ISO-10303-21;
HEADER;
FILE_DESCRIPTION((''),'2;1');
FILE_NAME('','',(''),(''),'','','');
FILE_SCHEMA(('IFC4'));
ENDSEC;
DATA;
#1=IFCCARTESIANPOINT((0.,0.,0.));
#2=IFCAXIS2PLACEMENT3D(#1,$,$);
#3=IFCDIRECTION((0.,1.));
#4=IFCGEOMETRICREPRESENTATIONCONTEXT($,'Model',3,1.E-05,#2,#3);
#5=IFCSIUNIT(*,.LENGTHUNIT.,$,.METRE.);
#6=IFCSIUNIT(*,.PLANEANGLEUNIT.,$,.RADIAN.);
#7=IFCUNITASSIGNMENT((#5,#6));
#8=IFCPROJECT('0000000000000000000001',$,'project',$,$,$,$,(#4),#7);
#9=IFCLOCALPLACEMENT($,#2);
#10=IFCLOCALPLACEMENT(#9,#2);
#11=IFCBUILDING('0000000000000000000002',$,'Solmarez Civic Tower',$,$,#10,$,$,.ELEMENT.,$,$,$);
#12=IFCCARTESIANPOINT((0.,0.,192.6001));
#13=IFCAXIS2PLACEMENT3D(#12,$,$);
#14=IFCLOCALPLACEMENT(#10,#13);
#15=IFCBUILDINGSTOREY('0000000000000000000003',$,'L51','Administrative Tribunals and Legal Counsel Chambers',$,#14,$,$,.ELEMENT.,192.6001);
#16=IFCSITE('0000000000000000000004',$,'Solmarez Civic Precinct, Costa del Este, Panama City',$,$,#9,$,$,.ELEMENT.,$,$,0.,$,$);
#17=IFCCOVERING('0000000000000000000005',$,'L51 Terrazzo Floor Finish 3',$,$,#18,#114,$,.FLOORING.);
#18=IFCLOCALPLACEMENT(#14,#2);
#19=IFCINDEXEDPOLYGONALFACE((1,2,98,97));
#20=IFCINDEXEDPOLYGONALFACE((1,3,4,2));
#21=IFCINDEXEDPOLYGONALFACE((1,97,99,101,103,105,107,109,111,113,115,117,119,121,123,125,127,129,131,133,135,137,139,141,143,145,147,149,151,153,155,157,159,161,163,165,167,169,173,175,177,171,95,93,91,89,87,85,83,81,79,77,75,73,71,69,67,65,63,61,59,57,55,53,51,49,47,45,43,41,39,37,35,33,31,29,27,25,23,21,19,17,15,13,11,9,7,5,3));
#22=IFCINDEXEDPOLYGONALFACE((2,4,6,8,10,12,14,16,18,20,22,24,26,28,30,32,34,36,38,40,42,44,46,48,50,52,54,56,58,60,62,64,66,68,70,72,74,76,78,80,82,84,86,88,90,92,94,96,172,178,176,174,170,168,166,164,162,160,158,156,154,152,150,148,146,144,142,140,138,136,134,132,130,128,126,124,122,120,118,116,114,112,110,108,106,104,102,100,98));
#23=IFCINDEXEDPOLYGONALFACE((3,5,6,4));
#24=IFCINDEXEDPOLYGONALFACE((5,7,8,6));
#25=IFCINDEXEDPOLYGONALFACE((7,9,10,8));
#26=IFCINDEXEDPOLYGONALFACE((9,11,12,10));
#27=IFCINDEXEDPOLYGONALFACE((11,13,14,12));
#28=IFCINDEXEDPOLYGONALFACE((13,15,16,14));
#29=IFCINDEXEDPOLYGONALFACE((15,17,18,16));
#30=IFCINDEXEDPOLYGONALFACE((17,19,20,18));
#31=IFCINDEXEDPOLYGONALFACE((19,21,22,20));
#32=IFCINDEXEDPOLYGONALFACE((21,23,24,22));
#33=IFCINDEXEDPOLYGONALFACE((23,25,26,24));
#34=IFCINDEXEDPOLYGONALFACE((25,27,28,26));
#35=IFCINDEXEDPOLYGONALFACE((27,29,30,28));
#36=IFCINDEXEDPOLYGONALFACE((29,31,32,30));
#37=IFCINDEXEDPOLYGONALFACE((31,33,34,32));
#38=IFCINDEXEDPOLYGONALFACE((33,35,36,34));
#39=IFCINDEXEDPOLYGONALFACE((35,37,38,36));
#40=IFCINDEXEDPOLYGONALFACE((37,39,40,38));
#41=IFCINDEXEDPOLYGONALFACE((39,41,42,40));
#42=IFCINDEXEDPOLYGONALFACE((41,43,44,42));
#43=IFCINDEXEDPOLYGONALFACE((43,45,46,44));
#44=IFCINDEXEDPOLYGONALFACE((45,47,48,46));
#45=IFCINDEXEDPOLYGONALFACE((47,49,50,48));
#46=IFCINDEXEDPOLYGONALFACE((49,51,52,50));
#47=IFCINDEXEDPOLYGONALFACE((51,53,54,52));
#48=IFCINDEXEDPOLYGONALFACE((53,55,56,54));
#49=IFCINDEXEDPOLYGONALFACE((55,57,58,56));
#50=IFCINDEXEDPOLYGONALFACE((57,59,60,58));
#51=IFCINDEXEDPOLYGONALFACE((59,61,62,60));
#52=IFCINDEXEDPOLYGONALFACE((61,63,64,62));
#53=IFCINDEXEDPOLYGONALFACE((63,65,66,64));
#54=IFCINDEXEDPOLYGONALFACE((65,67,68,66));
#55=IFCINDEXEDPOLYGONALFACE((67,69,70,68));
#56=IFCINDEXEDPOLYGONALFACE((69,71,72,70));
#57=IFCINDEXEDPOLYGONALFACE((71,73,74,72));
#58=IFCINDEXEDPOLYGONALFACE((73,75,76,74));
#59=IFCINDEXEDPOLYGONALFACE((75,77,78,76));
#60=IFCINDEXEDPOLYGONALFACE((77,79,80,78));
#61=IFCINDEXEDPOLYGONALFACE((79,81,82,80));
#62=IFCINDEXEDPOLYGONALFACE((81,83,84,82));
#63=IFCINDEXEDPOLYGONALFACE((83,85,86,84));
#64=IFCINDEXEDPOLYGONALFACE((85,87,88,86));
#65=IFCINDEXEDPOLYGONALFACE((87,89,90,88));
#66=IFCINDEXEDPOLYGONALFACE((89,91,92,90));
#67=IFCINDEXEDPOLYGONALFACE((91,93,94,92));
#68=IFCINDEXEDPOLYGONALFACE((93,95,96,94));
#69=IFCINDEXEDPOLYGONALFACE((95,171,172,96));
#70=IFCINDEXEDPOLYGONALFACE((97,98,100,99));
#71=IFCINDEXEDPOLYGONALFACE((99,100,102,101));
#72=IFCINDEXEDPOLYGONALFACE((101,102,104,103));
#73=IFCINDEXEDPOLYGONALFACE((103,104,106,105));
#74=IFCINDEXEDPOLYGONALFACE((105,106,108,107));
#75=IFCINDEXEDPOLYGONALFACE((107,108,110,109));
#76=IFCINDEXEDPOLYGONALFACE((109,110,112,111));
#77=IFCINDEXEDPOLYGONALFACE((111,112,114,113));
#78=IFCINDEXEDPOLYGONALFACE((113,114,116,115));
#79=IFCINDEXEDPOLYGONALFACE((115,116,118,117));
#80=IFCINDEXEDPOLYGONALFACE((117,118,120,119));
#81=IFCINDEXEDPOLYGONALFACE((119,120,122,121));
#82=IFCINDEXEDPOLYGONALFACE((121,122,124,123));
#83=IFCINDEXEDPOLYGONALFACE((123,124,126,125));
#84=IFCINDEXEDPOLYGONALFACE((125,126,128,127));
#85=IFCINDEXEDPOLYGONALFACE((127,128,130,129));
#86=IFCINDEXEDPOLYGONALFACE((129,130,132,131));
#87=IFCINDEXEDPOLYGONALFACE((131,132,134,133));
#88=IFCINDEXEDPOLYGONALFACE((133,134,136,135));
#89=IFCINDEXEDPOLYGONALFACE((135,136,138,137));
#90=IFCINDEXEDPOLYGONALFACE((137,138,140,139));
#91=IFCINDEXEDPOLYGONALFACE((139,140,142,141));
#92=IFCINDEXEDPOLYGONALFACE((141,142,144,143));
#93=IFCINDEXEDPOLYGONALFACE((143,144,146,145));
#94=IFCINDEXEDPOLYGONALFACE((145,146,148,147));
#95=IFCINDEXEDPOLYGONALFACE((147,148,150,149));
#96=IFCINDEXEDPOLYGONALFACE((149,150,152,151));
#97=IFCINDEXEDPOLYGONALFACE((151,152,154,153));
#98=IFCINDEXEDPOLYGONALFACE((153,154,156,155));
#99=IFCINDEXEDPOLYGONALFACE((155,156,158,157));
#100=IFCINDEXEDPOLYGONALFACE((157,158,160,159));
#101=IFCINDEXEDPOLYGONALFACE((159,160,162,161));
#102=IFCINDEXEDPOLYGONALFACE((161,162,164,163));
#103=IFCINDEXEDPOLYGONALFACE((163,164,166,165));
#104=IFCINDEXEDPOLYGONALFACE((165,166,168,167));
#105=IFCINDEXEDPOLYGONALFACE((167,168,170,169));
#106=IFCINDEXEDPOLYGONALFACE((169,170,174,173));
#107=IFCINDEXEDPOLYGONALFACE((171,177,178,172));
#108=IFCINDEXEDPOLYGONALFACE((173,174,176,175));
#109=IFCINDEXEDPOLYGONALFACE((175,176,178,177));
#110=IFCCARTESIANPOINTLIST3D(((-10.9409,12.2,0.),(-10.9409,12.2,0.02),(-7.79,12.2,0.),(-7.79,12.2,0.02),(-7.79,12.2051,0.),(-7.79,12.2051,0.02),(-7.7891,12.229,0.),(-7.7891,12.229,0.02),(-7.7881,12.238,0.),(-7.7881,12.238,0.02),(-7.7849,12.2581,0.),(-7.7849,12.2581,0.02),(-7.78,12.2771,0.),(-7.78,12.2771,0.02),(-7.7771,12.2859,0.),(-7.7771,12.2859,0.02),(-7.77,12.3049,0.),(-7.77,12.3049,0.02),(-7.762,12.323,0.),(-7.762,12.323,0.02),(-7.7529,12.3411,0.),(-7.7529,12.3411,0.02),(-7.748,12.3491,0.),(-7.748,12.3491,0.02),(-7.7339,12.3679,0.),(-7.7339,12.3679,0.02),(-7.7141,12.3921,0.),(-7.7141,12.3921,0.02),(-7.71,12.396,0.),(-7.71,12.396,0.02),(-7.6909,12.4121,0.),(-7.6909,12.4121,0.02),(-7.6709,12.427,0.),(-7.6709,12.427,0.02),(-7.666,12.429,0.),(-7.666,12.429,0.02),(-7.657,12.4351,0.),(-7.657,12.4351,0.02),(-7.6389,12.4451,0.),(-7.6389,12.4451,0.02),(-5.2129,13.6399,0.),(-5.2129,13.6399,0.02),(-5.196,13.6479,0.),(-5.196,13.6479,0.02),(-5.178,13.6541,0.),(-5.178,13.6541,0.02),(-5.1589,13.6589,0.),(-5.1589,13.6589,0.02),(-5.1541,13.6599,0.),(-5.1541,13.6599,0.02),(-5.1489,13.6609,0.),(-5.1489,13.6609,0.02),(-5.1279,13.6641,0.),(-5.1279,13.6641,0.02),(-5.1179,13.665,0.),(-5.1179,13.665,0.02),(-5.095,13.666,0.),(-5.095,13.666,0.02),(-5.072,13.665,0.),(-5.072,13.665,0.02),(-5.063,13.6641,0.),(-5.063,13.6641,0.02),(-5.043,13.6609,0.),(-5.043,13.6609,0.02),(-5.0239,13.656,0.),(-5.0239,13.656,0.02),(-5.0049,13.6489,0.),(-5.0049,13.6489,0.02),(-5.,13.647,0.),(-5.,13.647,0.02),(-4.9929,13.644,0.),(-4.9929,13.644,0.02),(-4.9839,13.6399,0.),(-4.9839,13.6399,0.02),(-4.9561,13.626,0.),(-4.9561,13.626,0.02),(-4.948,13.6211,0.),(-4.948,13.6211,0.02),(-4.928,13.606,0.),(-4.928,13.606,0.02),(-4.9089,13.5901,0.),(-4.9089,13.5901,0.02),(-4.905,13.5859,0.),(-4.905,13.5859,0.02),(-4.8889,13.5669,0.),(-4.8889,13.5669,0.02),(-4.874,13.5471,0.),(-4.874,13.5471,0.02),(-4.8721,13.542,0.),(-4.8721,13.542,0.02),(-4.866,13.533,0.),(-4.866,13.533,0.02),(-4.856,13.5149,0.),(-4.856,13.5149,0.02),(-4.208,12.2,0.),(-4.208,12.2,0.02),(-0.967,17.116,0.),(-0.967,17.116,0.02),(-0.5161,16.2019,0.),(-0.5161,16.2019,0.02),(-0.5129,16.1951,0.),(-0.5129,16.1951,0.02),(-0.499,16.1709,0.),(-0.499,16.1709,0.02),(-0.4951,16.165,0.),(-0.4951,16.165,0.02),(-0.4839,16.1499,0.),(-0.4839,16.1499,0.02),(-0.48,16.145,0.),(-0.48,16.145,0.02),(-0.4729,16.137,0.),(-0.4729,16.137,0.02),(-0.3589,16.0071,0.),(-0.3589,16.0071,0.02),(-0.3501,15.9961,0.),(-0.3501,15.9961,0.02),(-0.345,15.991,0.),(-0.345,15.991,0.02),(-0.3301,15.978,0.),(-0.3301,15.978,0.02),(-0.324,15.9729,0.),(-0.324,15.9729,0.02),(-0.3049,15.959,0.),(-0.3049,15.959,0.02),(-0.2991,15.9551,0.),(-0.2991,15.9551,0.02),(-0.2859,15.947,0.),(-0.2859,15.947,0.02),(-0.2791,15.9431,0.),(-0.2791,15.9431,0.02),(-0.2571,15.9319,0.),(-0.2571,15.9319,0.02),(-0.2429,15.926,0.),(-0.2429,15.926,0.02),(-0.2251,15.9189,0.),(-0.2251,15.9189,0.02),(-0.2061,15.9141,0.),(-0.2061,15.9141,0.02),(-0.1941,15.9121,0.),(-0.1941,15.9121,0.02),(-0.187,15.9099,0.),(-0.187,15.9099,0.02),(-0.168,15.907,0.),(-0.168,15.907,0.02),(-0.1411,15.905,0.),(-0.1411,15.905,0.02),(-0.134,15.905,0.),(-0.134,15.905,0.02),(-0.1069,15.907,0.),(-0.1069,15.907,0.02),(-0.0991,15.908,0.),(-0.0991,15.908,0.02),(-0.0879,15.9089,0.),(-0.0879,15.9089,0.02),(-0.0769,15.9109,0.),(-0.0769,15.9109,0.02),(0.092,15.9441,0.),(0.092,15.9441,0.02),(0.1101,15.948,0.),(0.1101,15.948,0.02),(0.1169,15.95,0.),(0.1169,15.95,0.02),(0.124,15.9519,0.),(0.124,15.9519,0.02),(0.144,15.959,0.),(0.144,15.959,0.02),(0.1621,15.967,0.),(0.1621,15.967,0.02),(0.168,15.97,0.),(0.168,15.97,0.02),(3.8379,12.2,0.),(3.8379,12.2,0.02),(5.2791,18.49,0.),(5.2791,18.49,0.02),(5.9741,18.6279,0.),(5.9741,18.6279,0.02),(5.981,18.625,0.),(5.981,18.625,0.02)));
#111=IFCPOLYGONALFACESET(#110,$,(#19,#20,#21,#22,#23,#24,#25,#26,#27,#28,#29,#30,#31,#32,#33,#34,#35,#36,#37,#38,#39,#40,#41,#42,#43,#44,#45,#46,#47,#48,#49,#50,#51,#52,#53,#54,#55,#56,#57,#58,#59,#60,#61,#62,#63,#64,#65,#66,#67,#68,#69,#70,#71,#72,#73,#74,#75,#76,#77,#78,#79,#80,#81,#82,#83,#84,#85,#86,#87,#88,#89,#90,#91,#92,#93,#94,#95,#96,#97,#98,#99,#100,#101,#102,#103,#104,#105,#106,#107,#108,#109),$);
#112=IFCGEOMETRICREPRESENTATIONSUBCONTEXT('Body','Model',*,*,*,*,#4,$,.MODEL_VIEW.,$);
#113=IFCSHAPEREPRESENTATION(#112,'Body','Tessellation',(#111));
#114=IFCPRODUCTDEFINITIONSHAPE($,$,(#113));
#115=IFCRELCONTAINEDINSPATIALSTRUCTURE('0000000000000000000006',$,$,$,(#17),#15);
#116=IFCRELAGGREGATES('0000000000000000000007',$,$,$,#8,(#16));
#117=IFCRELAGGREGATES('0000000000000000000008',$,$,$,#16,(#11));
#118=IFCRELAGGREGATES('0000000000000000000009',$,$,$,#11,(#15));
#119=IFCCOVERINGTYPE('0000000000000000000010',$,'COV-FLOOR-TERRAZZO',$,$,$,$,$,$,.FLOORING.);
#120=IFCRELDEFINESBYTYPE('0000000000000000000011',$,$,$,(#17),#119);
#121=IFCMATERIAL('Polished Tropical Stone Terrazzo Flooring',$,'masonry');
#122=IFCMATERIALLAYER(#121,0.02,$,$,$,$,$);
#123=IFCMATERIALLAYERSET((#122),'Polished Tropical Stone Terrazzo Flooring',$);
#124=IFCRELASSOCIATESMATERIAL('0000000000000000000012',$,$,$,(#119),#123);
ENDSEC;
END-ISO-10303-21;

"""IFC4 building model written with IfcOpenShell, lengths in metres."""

from ifc_helpers import new_model, si_unit, direction, frame, origin, place, context, subcontext, project, spatial, polyline, outline, extrude, material, layer, layer_set, type_object, element, save


model = new_model("IFC4")

# Units and contexts
model_context = context("Model", 3, precision=1e-05, world=origin(), true_north=direction((0.0, 1.0)))
body_context = subcontext(model_context, "Body", "Model", "MODEL_VIEW")
ifc_project = project(units=[si_unit("LENGTHUNIT", "METRE"), si_unit("PLANEANGLEUNIT", "RADIAN")], contexts=[model_context])

# Site, building, storey
site_placement = place(None, origin())
site = spatial("IfcSite", under=ifc_project, at=site_placement, Name="Solmarez Civic Precinct, Costa del Este, Panama City", CompositionType="ELEMENT", RefElevation=0.0)
building_placement = place(site_placement, origin())
building = spatial("IfcBuilding", under=site, at=building_placement, Name="Solmarez Civic Tower", CompositionType="ELEMENT")
storey_placement = place(building_placement, frame((0.0, 0.0, 192.6001)))
storey = spatial("IfcBuildingStorey", under=building, at=storey_placement, Name="L51", Description="Administrative Tribunals and Legal Counsel Chambers", CompositionType="ELEMENT", Elevation=192.6001)

# Covering
ifc_material_1 = material(Name="Polished Tropical Stone Terrazzo Flooring", Category="masonry")
ifc_layer_1 = layer(ifc_material_1, 0.02)
ifc_layer_set_1 = layer_set([ifc_layer_1], Name="Polished Tropical Stone Terrazzo Flooring")
covering_type_1 = type_object("IfcCoveringType", Name="COV-FLOOR-TERRAZZO", PredefinedType="FLOORING", material=ifc_layer_set_1)
covering_1_placement = place(storey_placement, origin())
element("IfcCovering", 1, at=covering_1_placement, inside=storey, type_object=covering_type_1, Name="L51 Terrazzo Floor Finish 3", PredefinedType="FLOORING", context=body_context, shape_type="SweptSolid", body=[
    extrude(outline(polyline([(-10.9409, 12.2), (-7.79, 12.2), (-7.79, 12.2051), (-7.7891, 12.229), (-7.7881, 12.238), (-7.7849, 12.2581), (-7.78, 12.2771), (-7.7771, 12.2859), (-7.77, 12.3049), (-7.762, 12.323), (-7.7529, 12.3411), (-7.748, 12.3491), (-7.7339, 12.3679), (-7.7141, 12.3921), (-7.71, 12.396), (-7.6909, 12.4121), (-7.6709, 12.427), (-7.666, 12.429), (-7.657, 12.4351), (-7.6389, 12.4451), (-5.2129, 13.6399), (-5.196, 13.6479), (-5.178, 13.6541), (-5.1589, 13.6589), (-5.1541, 13.6599), (-5.1489, 13.6609), (-5.1279, 13.6641), (-5.1179, 13.665), (-5.095, 13.666), (-5.072, 13.665), (-5.063, 13.6641), (-5.043, 13.6609), (-5.0239, 13.656), (-5.0049, 13.6489), (-5.0, 13.647), (-4.9929, 13.644), (-4.9839, 13.6399), (-4.9561, 13.626), (-4.948, 13.6211), (-4.928, 13.606), (-4.9089, 13.5901), (-4.905, 13.5859), (-4.8889, 13.5669), (-4.874, 13.5471), (-4.8721, 13.542), (-4.866, 13.533), (-4.856, 13.5149), (-4.208, 12.2), (3.8379, 12.2), (5.981, 18.625), (5.9741, 18.6279), (5.2791, 18.49), (0.168, 15.97), (0.1621, 15.967), (0.144, 15.959), (0.124, 15.9519), (0.1169, 15.95), (0.1101, 15.948), (0.092, 15.9441), (-0.0769, 15.9109), (-0.0879, 15.9089), (-0.0991, 15.908), (-0.1069, 15.907), (-0.134, 15.905), (-0.1411, 15.905), (-0.168, 15.907), (-0.187, 15.9099), (-0.1941, 15.9121), (-0.2061, 15.9141), (-0.2251, 15.9189), (-0.2429, 15.926), (-0.2571, 15.9319), (-0.2791, 15.9431), (-0.2859, 15.947), (-0.2991, 15.9551), (-0.3049, 15.959), (-0.324, 15.9729), (-0.3301, 15.978), (-0.345, 15.991), (-0.3501, 15.9961), (-0.3589, 16.0071), (-0.4729, 16.137), (-0.48, 16.145), (-0.4839, 16.1499), (-0.4951, 16.165), (-0.499, 16.1709), (-0.5129, 16.1951), (-0.5161, 16.2019), (-0.967, 17.116), (-10.9409, 12.2)])), origin(), (0.0, 0.0, 1.0), 0.02),
])

save(model, "model.ifc")
